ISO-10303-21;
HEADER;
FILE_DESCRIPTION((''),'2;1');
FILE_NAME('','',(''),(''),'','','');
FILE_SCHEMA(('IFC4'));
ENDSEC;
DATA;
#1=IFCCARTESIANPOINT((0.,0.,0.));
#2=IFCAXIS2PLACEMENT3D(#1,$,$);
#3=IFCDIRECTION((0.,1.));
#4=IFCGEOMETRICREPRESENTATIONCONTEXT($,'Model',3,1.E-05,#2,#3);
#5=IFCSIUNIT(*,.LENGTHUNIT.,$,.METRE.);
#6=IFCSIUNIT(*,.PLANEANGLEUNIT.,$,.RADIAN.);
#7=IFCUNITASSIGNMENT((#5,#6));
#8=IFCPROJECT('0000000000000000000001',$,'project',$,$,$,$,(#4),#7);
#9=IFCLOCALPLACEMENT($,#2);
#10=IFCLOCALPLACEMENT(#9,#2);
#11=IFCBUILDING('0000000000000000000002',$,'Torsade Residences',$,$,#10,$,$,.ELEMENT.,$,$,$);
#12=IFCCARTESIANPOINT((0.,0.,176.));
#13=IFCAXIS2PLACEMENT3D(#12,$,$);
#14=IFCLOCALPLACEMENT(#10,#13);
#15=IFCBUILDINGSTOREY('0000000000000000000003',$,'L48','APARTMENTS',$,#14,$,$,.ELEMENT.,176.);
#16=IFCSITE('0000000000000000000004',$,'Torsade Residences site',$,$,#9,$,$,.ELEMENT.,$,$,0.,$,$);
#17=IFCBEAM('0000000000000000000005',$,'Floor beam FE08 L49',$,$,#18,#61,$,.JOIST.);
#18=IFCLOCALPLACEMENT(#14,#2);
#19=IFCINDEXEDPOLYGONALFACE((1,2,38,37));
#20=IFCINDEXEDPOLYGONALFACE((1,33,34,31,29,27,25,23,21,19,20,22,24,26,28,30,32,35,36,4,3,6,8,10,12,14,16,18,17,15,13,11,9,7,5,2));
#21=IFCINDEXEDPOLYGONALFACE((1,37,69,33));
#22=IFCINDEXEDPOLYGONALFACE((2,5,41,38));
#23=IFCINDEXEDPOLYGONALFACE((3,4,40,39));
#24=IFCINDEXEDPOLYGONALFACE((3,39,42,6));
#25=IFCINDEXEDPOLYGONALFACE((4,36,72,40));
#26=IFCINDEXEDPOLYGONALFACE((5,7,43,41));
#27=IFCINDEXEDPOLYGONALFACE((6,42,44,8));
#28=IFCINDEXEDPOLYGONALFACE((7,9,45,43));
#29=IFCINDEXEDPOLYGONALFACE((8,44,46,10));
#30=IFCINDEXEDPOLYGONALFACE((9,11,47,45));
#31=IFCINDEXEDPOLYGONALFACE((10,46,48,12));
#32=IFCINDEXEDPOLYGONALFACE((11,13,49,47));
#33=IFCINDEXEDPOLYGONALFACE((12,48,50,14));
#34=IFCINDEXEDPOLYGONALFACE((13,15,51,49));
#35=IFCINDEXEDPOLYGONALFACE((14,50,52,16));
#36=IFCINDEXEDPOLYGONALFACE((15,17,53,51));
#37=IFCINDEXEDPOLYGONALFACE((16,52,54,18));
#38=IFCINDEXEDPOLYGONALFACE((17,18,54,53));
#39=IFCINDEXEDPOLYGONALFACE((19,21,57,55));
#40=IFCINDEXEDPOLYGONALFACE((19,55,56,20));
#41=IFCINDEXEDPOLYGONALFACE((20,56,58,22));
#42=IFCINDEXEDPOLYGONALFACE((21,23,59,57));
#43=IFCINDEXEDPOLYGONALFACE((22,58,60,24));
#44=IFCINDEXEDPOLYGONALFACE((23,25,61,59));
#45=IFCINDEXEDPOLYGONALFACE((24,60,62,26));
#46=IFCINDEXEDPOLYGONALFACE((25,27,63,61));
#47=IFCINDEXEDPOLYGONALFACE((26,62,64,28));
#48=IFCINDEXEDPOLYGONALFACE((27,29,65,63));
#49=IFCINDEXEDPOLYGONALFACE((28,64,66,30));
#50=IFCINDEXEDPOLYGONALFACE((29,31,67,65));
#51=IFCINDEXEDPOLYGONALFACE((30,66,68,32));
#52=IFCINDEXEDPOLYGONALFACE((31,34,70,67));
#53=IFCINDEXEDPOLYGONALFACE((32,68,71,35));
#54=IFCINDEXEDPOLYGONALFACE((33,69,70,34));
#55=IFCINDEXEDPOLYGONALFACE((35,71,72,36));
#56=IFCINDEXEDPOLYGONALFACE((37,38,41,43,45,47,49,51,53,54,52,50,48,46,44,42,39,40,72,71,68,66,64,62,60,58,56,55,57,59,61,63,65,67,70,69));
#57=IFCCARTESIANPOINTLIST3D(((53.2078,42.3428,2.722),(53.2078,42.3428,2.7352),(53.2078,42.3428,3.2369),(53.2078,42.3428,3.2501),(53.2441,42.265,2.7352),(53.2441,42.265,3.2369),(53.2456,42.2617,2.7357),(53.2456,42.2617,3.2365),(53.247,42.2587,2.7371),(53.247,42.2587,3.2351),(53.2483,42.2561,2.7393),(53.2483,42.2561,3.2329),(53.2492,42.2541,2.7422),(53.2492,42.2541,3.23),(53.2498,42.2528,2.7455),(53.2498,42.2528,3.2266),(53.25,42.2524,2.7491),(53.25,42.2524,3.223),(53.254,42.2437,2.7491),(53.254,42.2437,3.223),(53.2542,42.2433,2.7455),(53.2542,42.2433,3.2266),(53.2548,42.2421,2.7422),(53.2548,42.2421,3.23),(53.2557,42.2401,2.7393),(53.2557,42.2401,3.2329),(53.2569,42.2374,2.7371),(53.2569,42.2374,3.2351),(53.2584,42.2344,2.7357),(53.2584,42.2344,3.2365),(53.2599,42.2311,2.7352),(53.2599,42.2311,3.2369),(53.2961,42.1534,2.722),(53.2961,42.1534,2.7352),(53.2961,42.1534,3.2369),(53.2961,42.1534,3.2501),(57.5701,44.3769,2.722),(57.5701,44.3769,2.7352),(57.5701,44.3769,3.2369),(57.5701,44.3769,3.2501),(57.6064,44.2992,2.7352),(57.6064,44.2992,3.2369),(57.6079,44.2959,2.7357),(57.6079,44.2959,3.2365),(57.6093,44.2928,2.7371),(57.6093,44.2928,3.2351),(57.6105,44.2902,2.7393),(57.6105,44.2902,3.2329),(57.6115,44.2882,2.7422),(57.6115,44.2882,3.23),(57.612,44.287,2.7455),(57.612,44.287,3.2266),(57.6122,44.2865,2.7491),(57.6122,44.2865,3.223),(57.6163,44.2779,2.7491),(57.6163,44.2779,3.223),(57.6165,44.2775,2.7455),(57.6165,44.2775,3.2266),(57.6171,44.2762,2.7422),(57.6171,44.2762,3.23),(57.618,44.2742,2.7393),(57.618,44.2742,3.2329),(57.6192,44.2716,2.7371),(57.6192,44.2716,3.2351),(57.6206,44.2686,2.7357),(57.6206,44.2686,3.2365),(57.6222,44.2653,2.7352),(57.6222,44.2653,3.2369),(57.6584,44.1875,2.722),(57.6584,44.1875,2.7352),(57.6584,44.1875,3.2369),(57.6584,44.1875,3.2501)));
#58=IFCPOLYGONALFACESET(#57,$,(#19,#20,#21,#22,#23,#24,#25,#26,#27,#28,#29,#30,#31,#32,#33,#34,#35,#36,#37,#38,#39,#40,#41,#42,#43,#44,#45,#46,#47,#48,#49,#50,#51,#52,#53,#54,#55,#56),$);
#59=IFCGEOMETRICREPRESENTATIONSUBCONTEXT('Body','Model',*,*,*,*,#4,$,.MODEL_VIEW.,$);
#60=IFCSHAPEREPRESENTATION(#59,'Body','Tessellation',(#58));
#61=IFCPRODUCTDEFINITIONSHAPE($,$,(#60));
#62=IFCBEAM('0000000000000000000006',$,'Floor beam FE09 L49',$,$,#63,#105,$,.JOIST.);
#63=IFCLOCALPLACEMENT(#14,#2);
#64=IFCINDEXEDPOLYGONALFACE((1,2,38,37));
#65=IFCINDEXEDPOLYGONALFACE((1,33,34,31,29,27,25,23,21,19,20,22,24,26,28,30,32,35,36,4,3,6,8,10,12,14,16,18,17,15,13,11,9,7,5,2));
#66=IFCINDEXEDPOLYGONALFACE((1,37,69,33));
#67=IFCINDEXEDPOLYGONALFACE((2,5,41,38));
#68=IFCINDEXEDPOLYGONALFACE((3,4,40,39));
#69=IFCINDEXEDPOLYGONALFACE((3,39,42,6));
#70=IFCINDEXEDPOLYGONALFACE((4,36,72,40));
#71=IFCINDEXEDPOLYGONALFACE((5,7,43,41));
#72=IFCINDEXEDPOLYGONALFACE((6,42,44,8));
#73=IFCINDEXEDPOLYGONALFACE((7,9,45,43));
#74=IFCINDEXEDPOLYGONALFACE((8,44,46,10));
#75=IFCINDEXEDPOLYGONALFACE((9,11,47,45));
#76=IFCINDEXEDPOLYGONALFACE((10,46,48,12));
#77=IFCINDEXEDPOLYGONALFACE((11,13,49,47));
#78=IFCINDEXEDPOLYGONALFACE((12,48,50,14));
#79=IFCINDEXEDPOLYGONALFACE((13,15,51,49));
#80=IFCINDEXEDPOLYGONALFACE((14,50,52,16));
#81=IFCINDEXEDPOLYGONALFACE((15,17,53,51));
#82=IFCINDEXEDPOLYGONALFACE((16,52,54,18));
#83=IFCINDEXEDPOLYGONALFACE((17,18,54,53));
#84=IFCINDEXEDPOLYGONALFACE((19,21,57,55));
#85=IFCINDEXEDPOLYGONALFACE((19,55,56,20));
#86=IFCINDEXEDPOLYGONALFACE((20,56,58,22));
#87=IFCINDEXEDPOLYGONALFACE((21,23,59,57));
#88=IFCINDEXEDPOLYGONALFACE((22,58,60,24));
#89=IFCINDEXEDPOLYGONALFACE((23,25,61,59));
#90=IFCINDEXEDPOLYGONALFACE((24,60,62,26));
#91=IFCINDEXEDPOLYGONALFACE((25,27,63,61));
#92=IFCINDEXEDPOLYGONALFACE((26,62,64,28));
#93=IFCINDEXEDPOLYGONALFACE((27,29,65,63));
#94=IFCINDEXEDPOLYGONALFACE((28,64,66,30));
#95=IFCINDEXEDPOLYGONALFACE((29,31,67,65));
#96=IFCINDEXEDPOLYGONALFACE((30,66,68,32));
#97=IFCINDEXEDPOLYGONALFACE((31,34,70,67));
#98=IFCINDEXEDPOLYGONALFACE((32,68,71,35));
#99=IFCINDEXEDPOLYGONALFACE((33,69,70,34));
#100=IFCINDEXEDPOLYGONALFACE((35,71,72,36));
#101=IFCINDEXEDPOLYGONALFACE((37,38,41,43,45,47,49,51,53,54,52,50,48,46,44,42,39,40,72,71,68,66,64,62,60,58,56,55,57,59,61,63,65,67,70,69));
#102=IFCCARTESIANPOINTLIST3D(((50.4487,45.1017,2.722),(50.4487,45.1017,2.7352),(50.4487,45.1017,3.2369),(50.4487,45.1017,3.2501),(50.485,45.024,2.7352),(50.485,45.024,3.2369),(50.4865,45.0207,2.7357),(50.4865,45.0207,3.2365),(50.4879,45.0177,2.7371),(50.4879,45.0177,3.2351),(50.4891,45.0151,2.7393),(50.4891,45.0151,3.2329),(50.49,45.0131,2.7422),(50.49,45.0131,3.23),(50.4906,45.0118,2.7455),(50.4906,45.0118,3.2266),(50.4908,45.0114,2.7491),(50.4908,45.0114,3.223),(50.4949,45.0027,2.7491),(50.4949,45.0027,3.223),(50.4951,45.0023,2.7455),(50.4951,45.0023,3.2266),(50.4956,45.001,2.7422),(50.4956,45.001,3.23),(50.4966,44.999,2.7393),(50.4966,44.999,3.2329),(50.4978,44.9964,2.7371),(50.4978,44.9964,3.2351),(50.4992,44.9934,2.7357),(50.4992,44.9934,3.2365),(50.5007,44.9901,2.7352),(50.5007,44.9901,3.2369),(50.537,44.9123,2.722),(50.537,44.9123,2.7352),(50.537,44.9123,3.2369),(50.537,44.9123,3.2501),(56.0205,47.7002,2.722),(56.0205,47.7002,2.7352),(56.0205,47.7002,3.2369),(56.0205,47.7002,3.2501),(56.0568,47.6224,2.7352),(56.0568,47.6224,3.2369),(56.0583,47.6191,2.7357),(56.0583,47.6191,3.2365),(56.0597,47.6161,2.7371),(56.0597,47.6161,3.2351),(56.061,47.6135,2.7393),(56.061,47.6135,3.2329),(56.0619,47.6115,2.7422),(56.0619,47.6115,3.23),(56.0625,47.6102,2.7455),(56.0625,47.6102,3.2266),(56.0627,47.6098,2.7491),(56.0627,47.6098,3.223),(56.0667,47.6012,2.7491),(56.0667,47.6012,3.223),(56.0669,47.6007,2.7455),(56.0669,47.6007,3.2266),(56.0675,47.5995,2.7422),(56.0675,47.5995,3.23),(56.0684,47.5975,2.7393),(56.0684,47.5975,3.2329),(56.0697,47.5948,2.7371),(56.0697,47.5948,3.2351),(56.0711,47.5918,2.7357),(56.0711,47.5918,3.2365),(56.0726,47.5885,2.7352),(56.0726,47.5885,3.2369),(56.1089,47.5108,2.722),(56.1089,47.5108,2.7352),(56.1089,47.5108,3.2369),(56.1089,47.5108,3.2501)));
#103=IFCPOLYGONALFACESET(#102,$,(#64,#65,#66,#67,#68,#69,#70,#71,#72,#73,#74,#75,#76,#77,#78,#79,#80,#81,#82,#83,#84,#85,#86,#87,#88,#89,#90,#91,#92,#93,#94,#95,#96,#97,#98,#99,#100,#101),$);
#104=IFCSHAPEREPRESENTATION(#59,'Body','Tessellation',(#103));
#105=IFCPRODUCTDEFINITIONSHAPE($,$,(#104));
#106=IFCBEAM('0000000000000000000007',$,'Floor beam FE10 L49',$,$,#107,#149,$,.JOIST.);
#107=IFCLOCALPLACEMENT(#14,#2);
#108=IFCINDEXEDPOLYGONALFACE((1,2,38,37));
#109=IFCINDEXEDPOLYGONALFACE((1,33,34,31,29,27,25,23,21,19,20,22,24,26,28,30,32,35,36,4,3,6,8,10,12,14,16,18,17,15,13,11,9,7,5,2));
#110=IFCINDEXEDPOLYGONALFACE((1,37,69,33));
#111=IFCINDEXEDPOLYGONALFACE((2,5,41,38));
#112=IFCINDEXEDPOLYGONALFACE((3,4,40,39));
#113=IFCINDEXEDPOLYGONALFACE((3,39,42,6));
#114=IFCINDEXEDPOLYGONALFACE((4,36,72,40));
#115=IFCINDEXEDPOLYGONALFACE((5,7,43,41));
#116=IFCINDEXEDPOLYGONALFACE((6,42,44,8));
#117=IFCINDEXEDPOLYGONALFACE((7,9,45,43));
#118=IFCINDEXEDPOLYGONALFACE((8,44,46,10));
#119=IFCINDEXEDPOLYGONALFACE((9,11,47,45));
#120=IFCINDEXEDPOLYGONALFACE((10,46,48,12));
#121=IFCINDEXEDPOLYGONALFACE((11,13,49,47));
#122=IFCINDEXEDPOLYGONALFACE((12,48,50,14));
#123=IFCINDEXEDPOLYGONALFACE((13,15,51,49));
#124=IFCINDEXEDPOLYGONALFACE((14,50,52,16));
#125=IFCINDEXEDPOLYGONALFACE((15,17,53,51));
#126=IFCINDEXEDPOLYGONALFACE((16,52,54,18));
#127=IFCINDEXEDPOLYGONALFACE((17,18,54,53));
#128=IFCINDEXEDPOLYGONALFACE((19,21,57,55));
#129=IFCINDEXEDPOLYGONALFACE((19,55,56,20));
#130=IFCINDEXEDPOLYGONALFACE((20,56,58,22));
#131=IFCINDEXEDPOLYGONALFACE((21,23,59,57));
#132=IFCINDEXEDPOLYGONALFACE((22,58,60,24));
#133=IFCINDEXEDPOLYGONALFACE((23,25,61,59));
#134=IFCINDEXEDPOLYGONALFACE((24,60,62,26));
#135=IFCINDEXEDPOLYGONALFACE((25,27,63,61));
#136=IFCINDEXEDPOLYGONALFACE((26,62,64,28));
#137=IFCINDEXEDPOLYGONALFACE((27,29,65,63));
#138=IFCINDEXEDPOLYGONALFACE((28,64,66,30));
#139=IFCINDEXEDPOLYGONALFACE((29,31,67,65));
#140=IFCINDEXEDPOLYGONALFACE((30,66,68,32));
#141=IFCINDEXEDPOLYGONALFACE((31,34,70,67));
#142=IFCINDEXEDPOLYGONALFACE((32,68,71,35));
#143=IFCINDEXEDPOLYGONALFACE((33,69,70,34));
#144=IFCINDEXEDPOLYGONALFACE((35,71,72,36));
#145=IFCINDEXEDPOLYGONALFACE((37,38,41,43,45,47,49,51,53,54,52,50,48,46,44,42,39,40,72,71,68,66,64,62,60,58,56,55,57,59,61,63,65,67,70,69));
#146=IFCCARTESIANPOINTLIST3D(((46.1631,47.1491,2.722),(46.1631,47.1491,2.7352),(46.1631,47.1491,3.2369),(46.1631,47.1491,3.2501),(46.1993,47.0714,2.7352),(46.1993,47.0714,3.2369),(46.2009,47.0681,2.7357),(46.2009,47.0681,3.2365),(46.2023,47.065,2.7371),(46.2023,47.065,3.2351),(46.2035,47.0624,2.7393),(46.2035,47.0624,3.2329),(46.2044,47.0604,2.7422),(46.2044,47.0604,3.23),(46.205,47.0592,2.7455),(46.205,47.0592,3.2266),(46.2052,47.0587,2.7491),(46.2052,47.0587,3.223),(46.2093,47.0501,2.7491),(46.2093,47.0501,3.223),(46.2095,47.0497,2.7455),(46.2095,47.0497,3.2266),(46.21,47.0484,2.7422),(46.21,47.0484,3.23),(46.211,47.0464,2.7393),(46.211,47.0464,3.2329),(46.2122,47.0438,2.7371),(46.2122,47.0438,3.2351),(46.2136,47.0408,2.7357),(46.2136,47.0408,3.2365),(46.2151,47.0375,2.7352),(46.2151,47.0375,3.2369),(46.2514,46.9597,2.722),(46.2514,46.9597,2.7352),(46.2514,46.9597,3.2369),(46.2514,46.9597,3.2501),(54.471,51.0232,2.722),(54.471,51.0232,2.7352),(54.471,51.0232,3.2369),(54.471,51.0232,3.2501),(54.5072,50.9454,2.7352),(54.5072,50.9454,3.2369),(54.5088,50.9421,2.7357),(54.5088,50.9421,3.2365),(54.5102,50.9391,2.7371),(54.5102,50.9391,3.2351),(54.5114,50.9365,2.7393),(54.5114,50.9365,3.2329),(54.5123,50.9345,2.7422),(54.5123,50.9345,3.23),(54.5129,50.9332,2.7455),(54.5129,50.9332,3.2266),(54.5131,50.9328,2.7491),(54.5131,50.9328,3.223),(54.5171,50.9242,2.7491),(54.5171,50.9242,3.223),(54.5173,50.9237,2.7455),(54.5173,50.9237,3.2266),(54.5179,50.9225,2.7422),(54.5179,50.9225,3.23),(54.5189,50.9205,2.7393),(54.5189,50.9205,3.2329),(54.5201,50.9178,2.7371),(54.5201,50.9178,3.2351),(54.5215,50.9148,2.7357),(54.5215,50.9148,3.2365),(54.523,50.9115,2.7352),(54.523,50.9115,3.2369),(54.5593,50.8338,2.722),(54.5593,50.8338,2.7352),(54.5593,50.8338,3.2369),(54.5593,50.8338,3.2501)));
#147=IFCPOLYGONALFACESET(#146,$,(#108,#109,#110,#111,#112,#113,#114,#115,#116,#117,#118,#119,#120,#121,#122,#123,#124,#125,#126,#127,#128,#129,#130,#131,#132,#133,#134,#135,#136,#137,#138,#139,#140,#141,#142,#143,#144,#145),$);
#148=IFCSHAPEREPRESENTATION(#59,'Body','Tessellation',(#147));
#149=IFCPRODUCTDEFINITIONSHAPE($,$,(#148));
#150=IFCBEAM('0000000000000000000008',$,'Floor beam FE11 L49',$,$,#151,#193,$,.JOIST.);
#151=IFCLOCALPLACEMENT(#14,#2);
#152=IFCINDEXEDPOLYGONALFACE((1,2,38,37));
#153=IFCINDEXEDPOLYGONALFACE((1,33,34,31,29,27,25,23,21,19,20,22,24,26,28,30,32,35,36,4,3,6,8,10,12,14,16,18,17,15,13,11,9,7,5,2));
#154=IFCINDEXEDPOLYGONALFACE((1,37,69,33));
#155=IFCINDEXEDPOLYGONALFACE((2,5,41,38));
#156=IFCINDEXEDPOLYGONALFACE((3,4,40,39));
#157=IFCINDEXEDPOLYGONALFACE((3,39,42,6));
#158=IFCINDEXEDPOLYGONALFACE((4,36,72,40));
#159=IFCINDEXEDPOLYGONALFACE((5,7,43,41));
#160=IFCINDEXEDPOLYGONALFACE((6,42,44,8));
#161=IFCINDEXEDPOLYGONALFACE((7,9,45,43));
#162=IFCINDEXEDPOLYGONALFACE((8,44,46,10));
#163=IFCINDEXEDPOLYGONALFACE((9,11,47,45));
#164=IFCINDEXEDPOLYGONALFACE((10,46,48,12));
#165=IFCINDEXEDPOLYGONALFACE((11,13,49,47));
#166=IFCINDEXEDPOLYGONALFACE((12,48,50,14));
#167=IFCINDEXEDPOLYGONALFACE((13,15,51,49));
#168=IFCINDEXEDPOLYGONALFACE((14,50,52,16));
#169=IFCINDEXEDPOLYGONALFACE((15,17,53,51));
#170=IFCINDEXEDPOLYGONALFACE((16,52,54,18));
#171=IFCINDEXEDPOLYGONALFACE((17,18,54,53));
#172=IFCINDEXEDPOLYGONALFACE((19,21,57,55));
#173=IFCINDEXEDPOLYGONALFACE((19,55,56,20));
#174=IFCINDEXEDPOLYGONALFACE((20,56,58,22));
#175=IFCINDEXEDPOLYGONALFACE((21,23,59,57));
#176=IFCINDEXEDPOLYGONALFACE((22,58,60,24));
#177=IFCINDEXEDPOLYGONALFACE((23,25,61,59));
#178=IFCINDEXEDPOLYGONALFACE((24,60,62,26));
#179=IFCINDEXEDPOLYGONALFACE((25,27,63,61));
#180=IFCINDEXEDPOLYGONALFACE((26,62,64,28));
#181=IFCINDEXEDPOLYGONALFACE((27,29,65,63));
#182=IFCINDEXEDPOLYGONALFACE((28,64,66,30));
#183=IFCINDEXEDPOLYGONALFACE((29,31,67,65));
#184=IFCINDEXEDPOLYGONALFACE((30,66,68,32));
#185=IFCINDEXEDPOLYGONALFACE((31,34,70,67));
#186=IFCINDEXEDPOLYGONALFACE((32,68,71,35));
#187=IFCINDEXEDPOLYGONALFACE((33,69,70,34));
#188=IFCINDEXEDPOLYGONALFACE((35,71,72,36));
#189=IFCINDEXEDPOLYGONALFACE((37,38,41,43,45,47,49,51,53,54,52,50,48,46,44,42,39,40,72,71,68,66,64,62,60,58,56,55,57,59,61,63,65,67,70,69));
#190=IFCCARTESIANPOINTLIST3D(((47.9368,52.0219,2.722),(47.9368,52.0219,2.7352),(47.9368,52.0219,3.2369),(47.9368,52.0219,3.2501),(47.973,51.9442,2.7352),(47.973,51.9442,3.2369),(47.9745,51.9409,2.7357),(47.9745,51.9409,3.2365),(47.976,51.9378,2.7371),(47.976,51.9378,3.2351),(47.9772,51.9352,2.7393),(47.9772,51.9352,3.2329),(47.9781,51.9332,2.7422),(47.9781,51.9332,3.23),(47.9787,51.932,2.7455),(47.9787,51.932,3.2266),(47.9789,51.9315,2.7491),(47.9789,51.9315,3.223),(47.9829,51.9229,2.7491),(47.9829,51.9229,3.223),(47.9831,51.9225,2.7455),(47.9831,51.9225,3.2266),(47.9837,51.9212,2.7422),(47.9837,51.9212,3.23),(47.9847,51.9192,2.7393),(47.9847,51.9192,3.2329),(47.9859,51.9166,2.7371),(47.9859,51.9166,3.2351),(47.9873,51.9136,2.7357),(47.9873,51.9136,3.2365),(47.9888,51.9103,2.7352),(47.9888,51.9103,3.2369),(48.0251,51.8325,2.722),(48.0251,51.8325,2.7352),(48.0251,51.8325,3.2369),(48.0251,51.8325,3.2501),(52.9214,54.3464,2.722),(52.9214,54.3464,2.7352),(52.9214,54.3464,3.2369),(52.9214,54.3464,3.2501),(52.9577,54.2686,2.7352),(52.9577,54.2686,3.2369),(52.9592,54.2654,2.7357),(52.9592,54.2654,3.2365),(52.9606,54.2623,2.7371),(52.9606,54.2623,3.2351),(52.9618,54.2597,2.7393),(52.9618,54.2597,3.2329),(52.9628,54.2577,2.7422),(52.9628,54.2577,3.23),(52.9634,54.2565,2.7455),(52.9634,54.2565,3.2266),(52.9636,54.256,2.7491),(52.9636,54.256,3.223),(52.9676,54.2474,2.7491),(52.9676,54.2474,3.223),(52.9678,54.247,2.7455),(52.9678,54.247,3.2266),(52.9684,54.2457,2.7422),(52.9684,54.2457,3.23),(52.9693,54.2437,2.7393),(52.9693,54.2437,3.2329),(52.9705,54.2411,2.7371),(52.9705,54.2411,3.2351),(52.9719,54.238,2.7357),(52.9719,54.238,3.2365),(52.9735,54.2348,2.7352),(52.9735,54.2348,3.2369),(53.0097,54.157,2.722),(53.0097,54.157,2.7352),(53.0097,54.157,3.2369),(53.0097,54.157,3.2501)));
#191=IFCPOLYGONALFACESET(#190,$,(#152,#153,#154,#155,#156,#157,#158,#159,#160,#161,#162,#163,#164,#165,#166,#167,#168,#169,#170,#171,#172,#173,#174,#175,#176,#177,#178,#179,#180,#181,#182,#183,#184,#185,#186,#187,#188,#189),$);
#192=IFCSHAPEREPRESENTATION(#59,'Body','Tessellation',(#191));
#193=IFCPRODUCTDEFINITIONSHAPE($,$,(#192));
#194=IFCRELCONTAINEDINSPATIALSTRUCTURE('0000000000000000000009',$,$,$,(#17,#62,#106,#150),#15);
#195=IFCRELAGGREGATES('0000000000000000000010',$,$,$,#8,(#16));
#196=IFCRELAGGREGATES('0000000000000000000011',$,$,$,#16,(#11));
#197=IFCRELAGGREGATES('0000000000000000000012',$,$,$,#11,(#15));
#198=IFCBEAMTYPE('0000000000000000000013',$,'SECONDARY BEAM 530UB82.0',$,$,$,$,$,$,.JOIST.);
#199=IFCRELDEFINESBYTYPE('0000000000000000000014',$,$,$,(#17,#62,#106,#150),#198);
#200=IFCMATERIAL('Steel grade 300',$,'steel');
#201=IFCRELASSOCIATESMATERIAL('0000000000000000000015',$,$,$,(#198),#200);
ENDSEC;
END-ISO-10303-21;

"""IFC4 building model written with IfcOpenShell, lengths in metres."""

from ifc_helpers import new_model, si_unit, direction, frame, origin, origin_2d, place, context, subcontext, project, spatial, i_section, extrude, material, material_profile, profile_set, type_object, element, save


model = new_model("IFC4")

# Units and contexts
model_context = context("Model", 3, precision=1e-05, world=origin(), true_north=direction((0.0, 1.0)))
body_context = subcontext(model_context, "Body", "Model", "MODEL_VIEW")
ifc_project = project(units=[si_unit("LENGTHUNIT", "METRE"), si_unit("PLANEANGLEUNIT", "RADIAN")], contexts=[model_context])

# Site, building, storey
site_placement = place(None, origin())
site = spatial("IfcSite", under=ifc_project, at=site_placement, Name="Torsade Residences site", CompositionType="ELEMENT", RefElevation=0.0)
building_placement = place(site_placement, origin())
building = spatial("IfcBuilding", under=site, at=building_placement, Name="Torsade Residences", CompositionType="ELEMENT")
storey_placement = place(building_placement, frame((0.0, 0.0, 176.0)))
storey = spatial("IfcBuildingStorey", under=building, at=storey_placement, Name="L48", Description="APARTMENTS", CompositionType="ELEMENT", Elevation=176.0)

# Beams
ifc_material_1 = material(Name="Steel grade 300", Category="steel")
ifc_material_profile_1 = material_profile(ifc_material_1, i_section(OverallWidth=0.209, OverallDepth=0.5281, WebThickness=0.0095, FlangeThickness=0.0132, FilletRadius=0.0139, at=origin_2d()), Name="530UB82.0")
ifc_profile_set_1 = profile_set([ifc_material_profile_1], Name="Steel grade 300")
beam_type_1 = type_object("IfcBeamType", Name="SECONDARY BEAM 530UB82.0", PredefinedType="JOIST", material=ifc_profile_set_1)
beam_1_placement = place(storey_placement, frame((57.6143, 44.2822, 2.9861), z_axis=(-0.906308, -0.422619, 0.0), x_axis=(0.422619, -0.906308, 0.0)))
element("IfcBeam", 1, at=beam_1_placement, inside=storey, type_object=beam_type_1, Name="Floor beam FE08 L49", PredefinedType="JOIST", context=body_context, shape_type="SweptSolid", body=[
    extrude(i_section(OverallWidth=0.209, OverallDepth=0.5281, WebThickness=0.0095, FlangeThickness=0.0132, FilletRadius=0.0139, at=origin_2d()), origin(), (0.0, 0.0, 1.0), 4.8132),
])
beam_2_placement = place(storey_placement, frame((56.0647, 47.6055, 2.9861), z_axis=(-0.906294, -0.422648, 0.0), x_axis=(0.422648, -0.906294, 0.0)))
element("IfcBeam", 2, at=beam_2_placement, inside=storey, type_object=beam_type_1, Name="Floor beam FE09 L49", PredefinedType="JOIST", context=body_context, shape_type="SweptSolid", body=[
    extrude(i_section(OverallWidth=0.209, OverallDepth=0.5281, WebThickness=0.0095, FlangeThickness=0.0132, FilletRadius=0.0139, at=origin_2d()), origin(), (0.0, 0.0, 1.0), 6.1479),
])
beam_3_placement = place(storey_placement, frame((54.5151, 50.9285, 2.9861), z_axis=(-0.906308, -0.422619, 0.0), x_axis=(0.422619, -0.906308, 0.0)))
element("IfcBeam", 3, at=beam_3_placement, inside=storey, type_object=beam_type_1, Name="Floor beam FE10 L49", PredefinedType="JOIST", context=body_context, shape_type="SweptSolid", body=[
    extrude(i_section(OverallWidth=0.209, OverallDepth=0.5281, WebThickness=0.0095, FlangeThickness=0.0132, FilletRadius=0.0139, at=origin_2d()), origin(), (0.0, 0.0, 1.0), 9.1667),
])
beam_4_placement = place(storey_placement, frame((52.9656, 54.2517, 2.9861), z_axis=(-0.906301, -0.422633, 0.0), x_axis=(0.422633, -0.906301, 0.0)))
element("IfcBeam", 4, at=beam_4_placement, inside=storey, type_object=beam_type_1, Name="Floor beam FE11 L49", PredefinedType="JOIST", context=body_context, shape_type="SweptSolid", body=[
    extrude(i_section(OverallWidth=0.209, OverallDepth=0.5281, WebThickness=0.0095, FlangeThickness=0.0132, FilletRadius=0.0139, at=origin_2d()), origin(), (0.0, 0.0, 1.0), 5.5),
])

save(model, "model.ifc")
